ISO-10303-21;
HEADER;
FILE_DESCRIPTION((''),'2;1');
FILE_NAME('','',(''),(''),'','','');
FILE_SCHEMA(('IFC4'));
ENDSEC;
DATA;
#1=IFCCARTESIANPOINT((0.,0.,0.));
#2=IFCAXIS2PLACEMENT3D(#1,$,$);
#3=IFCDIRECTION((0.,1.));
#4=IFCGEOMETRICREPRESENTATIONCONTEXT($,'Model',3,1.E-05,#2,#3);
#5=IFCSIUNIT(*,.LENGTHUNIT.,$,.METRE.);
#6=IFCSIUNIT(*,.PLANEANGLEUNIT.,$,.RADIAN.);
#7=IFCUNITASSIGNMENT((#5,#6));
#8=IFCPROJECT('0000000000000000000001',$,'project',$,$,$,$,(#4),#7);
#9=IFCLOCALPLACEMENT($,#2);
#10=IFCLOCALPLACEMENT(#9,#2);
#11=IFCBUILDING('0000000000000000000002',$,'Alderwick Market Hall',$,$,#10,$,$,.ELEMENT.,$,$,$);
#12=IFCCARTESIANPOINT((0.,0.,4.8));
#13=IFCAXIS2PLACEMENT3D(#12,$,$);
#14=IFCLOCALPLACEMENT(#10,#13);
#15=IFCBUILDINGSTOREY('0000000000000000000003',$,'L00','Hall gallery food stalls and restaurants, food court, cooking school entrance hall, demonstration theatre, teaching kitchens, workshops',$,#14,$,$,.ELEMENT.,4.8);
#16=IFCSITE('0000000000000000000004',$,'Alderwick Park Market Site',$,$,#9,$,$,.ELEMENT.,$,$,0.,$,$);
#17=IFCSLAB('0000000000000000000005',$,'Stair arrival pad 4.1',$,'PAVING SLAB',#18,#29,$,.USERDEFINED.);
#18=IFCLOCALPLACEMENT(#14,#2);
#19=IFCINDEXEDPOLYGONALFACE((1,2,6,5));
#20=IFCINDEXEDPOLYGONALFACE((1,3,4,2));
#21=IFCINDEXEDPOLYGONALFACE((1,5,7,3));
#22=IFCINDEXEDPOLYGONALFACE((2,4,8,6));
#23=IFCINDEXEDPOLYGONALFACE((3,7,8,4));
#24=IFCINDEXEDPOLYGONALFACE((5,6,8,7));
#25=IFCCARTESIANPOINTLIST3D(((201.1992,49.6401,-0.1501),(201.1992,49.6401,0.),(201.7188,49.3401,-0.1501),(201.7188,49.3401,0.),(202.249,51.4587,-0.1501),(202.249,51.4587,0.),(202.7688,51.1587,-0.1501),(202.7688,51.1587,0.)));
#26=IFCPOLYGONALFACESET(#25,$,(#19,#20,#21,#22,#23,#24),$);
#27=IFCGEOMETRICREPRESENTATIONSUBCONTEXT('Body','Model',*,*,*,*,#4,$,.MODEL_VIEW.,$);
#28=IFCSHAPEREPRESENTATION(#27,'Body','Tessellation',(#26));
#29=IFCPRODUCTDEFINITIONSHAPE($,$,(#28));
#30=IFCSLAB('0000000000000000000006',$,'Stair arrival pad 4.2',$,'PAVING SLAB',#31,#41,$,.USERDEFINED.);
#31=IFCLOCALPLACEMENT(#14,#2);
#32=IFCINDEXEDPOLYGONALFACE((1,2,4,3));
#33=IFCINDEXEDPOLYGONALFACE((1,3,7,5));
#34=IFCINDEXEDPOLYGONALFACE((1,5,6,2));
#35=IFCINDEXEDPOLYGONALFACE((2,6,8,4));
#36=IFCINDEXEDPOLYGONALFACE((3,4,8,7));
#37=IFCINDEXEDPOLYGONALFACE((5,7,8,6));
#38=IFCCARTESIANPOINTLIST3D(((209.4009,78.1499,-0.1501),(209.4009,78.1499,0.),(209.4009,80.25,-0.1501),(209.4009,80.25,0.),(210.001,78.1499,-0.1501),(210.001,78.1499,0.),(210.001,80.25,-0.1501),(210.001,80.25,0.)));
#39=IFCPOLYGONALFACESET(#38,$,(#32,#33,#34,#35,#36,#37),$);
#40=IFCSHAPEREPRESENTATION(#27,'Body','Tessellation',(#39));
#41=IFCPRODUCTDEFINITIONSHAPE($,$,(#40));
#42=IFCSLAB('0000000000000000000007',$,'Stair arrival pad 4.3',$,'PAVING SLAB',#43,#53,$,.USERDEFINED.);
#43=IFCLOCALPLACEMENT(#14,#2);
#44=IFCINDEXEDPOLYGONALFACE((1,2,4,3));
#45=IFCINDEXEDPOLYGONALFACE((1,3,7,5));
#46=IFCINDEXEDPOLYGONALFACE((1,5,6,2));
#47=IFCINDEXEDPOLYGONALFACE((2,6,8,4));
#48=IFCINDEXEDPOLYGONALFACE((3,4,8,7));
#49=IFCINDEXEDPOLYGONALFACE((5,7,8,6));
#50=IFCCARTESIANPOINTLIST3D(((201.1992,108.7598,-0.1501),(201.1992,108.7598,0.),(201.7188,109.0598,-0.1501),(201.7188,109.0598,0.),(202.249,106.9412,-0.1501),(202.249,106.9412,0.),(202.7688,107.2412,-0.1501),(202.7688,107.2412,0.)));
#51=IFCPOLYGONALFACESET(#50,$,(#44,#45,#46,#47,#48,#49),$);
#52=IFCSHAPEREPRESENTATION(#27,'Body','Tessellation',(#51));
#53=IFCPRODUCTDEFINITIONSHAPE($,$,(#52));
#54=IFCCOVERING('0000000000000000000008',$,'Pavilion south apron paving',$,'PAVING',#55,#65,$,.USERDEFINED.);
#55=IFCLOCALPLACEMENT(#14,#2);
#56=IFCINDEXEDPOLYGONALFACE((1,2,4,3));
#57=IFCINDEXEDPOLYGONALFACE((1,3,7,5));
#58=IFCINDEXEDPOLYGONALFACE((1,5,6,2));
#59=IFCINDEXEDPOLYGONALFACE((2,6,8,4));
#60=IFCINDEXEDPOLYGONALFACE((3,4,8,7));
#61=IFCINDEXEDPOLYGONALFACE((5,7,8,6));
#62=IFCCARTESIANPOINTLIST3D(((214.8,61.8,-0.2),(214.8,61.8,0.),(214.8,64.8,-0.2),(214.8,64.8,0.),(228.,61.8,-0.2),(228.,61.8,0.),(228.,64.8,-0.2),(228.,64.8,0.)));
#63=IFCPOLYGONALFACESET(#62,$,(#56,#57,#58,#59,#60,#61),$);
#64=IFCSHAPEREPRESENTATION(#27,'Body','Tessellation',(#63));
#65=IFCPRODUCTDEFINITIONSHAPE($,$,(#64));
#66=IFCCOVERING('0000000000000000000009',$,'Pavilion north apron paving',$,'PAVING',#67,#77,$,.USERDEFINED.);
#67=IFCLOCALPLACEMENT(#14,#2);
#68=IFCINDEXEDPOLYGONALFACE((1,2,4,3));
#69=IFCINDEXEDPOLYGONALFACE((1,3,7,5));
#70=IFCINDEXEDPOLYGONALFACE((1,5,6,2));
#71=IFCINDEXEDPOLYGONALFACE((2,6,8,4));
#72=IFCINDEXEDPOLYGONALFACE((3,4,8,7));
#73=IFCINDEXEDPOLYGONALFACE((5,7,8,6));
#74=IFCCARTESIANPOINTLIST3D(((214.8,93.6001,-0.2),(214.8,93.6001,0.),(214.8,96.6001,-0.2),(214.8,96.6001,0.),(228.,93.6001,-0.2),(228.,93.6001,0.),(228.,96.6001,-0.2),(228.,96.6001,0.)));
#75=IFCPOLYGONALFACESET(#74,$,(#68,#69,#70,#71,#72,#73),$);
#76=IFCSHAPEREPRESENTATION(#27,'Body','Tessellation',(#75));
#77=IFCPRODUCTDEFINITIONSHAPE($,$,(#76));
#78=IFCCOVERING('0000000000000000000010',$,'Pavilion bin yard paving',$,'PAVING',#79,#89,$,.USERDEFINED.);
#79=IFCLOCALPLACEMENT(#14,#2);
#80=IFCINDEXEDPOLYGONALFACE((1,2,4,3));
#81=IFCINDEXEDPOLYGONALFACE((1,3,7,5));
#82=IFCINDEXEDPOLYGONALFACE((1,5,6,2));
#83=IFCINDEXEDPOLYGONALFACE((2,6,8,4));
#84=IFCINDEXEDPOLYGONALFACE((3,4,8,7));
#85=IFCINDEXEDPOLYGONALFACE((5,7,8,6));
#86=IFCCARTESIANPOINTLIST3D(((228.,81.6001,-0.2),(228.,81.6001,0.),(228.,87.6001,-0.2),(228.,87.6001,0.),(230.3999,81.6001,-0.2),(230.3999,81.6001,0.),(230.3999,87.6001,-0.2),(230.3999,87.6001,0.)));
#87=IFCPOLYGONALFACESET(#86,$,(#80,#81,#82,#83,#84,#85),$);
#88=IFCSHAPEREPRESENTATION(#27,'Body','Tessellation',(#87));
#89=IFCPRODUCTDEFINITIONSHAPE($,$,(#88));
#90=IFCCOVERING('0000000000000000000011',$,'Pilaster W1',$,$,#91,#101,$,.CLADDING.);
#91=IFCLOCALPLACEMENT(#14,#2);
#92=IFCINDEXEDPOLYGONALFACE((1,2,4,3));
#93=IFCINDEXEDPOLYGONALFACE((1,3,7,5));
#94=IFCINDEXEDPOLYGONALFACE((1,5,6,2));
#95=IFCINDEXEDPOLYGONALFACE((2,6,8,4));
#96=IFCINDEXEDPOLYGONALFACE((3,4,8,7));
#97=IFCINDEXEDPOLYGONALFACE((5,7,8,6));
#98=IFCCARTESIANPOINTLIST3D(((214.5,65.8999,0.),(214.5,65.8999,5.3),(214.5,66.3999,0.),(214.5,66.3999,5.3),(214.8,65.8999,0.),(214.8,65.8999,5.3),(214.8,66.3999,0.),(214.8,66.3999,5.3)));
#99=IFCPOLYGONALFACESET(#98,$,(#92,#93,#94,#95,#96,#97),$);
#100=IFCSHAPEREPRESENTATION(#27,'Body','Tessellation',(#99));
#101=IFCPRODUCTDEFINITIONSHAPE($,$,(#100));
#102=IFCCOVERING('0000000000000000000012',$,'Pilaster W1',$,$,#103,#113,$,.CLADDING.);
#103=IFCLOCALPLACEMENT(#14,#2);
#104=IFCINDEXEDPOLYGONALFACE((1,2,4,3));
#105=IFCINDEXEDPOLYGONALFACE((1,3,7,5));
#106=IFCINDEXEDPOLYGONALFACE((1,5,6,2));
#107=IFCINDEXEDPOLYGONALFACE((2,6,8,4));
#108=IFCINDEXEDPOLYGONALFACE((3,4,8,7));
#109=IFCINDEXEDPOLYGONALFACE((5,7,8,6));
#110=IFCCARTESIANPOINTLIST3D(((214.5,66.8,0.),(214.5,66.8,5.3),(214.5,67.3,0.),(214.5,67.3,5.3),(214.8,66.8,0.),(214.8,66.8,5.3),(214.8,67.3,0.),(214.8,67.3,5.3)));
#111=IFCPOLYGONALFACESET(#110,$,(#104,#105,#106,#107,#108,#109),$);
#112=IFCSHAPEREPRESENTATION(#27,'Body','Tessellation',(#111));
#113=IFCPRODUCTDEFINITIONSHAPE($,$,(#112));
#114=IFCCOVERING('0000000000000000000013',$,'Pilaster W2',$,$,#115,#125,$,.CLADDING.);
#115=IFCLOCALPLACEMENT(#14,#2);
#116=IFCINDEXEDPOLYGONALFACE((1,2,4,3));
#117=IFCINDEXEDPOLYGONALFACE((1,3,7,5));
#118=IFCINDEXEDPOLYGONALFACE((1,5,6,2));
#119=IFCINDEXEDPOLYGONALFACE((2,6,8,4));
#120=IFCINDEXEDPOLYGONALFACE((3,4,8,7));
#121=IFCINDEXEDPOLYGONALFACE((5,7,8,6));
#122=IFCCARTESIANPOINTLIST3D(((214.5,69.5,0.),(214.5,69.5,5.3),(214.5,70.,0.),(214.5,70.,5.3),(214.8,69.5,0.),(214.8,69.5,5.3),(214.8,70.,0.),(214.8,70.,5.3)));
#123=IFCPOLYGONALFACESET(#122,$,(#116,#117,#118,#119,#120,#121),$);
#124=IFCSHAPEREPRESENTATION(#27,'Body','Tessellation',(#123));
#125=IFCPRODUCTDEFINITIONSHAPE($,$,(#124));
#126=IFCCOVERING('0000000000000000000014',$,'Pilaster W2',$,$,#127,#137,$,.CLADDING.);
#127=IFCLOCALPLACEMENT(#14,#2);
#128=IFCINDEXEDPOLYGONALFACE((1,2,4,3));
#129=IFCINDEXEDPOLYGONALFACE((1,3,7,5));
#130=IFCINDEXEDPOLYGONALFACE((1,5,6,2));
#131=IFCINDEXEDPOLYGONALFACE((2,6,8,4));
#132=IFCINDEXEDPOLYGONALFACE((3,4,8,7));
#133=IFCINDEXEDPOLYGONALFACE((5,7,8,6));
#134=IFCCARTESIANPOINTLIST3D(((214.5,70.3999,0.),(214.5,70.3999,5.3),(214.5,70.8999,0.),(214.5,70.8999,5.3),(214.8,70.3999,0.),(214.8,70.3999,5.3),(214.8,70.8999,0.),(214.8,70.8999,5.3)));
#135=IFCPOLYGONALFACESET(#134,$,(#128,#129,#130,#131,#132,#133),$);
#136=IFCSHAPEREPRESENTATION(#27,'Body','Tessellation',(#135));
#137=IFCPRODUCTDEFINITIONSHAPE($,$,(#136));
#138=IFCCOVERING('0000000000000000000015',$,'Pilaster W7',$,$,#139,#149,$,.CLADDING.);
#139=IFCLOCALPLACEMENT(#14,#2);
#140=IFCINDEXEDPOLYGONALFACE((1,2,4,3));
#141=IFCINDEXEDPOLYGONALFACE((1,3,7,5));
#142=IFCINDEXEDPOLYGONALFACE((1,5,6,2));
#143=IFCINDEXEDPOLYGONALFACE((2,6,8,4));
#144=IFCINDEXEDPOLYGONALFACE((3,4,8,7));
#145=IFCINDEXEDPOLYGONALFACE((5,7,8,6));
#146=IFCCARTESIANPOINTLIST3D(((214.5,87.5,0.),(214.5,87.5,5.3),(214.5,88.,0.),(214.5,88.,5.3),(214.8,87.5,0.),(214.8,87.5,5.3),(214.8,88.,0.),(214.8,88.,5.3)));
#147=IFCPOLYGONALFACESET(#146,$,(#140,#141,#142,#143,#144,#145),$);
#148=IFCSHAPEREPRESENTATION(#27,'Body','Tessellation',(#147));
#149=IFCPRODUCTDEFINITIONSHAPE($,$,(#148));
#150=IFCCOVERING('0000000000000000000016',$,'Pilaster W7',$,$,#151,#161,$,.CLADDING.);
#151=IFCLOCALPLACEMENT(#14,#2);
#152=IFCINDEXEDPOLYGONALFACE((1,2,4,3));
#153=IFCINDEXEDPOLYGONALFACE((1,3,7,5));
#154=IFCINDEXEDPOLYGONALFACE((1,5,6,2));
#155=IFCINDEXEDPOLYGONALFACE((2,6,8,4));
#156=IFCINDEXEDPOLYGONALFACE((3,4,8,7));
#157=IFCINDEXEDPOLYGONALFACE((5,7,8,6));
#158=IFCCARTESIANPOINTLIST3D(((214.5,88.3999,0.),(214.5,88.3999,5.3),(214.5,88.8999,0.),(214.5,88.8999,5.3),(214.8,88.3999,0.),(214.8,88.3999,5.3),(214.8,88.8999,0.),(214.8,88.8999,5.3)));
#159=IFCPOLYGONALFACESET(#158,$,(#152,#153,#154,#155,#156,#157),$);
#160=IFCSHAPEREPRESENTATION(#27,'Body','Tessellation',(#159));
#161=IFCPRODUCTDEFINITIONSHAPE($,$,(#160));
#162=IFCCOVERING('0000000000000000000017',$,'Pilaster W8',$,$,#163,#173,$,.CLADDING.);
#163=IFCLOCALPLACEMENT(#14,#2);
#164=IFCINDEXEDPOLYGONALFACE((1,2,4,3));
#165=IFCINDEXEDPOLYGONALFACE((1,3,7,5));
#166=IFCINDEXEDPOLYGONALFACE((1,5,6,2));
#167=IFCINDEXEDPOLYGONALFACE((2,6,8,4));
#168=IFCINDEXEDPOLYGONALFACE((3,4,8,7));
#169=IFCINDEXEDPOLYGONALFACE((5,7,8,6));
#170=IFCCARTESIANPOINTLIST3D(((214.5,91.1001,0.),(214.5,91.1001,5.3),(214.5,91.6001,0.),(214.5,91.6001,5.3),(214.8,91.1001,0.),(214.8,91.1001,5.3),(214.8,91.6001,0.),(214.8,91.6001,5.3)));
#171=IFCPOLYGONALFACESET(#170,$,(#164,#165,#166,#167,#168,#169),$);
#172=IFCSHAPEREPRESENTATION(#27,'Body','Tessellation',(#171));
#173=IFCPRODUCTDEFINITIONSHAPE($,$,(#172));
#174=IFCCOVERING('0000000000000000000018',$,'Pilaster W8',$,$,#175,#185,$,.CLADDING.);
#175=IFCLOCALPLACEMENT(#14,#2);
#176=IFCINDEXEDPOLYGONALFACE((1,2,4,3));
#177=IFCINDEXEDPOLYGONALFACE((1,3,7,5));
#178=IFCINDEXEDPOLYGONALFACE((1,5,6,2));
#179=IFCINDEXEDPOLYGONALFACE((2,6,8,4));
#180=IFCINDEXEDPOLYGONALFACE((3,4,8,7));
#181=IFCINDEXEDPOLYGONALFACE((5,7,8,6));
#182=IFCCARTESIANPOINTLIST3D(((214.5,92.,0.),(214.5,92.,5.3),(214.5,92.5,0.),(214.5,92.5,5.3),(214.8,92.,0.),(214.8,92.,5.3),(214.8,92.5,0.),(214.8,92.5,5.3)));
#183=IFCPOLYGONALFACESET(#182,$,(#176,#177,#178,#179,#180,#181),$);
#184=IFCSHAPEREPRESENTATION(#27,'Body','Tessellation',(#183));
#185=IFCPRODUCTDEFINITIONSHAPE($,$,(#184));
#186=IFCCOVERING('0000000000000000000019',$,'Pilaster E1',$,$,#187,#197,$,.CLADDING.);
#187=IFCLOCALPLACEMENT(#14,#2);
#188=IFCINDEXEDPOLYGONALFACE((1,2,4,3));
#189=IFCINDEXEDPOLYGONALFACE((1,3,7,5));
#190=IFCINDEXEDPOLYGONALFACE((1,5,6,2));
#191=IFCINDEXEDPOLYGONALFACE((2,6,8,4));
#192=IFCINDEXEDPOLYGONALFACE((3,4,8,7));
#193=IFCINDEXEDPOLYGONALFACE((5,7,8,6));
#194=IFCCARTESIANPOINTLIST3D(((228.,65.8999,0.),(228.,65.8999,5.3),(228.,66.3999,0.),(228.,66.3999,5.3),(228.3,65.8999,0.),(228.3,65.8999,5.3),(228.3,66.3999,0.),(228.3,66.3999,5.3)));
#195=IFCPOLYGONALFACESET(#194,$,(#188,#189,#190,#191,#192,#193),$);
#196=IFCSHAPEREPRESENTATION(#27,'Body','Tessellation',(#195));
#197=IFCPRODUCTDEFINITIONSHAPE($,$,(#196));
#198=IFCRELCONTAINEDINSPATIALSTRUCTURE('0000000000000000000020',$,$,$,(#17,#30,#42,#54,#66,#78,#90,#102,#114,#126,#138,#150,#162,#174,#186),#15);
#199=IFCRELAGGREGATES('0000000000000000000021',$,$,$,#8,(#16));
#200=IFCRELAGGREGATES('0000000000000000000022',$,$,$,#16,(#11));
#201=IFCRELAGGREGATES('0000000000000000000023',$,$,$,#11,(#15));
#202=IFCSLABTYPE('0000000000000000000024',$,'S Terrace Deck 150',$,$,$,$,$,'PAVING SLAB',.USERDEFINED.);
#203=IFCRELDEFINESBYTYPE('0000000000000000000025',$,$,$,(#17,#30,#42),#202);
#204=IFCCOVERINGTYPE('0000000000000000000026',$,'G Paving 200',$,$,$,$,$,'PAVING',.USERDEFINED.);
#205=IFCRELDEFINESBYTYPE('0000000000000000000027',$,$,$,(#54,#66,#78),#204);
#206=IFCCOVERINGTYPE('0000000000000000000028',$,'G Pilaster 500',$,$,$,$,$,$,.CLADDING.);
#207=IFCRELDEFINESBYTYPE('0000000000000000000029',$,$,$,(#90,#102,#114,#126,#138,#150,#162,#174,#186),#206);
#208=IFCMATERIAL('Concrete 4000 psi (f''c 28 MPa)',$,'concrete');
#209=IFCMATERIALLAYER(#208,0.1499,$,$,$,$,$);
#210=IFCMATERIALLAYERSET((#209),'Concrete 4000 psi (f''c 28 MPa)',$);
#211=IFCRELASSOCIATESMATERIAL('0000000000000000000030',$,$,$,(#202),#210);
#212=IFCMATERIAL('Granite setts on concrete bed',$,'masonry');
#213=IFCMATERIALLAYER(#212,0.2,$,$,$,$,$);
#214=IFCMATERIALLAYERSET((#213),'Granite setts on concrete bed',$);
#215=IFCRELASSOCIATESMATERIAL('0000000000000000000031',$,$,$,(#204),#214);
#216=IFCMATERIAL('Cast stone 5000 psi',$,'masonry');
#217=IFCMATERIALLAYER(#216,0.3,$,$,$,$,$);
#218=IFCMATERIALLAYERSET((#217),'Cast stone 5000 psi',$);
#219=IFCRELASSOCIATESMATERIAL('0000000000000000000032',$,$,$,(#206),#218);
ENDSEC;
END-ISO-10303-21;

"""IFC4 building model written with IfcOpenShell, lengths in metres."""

from ifc_helpers import new_model, si_unit, direction, frame, origin, place, context, subcontext, project, spatial, polyline, outline, extrude, material, layer, layer_set, type_object, element, save


model = new_model("IFC4")

# Units and contexts
model_context = context("Model", 3, precision=1e-05, world=origin(), true_north=direction((0.0, 1.0)))
body_context = subcontext(model_context, "Body", "Model", "MODEL_VIEW")
ifc_project = project(units=[si_unit("LENGTHUNIT", "METRE"), si_unit("PLANEANGLEUNIT", "RADIAN")], contexts=[model_context])

# Site, building, storey
site_placement = place(None, origin())
site = spatial("IfcSite", under=ifc_project, at=site_placement, Name="Alderwick Park Market Site", CompositionType="ELEMENT", RefElevation=0.0)
building_placement = place(site_placement, origin())
building = spatial("IfcBuilding", under=site, at=building_placement, Name="Alderwick Market Hall", CompositionType="ELEMENT")
storey_placement = place(building_placement, frame((0.0, 0.0, 4.8)))
storey = spatial("IfcBuildingStorey", under=building, at=storey_placement, Name="L00", Description="Hall gallery food stalls and restaurants, food court, cooking school entrance hall, demonstration theatre, teaching kitchens, workshops", CompositionType="ELEMENT", Elevation=4.8)

# Slabs
ifc_material_1 = material(Name="Concrete 4000 psi (f'c 28 MPa)", Category="concrete")
ifc_layer_1 = layer(ifc_material_1, 0.1499)
ifc_layer_set_1 = layer_set([ifc_layer_1], Name="Concrete 4000 psi (f'c 28 MPa)")
slab_type = type_object("IfcSlabType", Name="S Terrace Deck 150", ElementType="PAVING SLAB", PredefinedType="USERDEFINED", material=ifc_layer_set_1)
slab_1_placement = place(storey_placement, frame((0.0, 0.0, -0.1501)))
element("IfcSlab", 1, at=slab_1_placement, inside=storey, type_object=slab_type, Name="Stair arrival pad 4.1", ObjectType="PAVING SLAB", PredefinedType="USERDEFINED", context=body_context, shape_type="SweptSolid", body=[
    extrude(outline(polyline([(202.249, 51.4587), (201.1992, 49.6401), (201.7188, 49.3401), (202.7688, 51.1587), (202.249, 51.4587)])), origin(), (0.0, 0.0, 1.0), 0.1501),
])
slab_2_placement = place(storey_placement, frame((0.0, 0.0, -0.1501)))
element("IfcSlab", 2, at=slab_2_placement, inside=storey, type_object=slab_type, Name="Stair arrival pad 4.2", ObjectType="PAVING SLAB", PredefinedType="USERDEFINED", context=body_context, shape_type="SweptSolid", body=[
    extrude(outline(polyline([(209.4009, 80.25), (209.4009, 78.1499), (210.001, 78.1499), (210.001, 80.25), (209.4009, 80.25)])), origin(), (0.0, 0.0, 1.0), 0.1501),
])
slab_3_placement = place(storey_placement, frame((0.0, 0.0, -0.1501)))
element("IfcSlab", 3, at=slab_3_placement, inside=storey, type_object=slab_type, Name="Stair arrival pad 4.3", ObjectType="PAVING SLAB", PredefinedType="USERDEFINED", context=body_context, shape_type="SweptSolid", body=[
    extrude(outline(polyline([(201.1992, 108.7598), (202.249, 106.9412), (202.7688, 107.2412), (201.7188, 109.0598), (201.1992, 108.7598)])), origin(), (0.0, 0.0, 1.0), 0.1501),
])

# Coverings
ifc_material_2 = material(Name="Granite setts on concrete bed", Category="masonry")
ifc_layer_2 = layer(ifc_material_2, 0.2)
ifc_layer_set_2 = layer_set([ifc_layer_2], Name="Granite setts on concrete bed")
covering_type_1 = type_object("IfcCoveringType", Name="G Paving 200", ElementType="PAVING", PredefinedType="USERDEFINED", material=ifc_layer_set_2)
covering_1_placement = place(storey_placement, frame((0.0, 0.0, -0.2)))
element("IfcCovering", 4, at=covering_1_placement, inside=storey, type_object=covering_type_1, Name="Pavilion south apron paving", ObjectType="PAVING", PredefinedType="USERDEFINED", context=body_context, shape_type="SweptSolid", body=[
    extrude(outline(polyline([(214.8, 61.8), (228.0, 61.8), (228.0, 64.8), (214.8, 64.8), (214.8, 61.8)])), origin(), (0.0, 0.0, 1.0), 0.2),
])
covering_2_placement = place(storey_placement, frame((0.0, 0.0, -0.2)))
element("IfcCovering", 5, at=covering_2_placement, inside=storey, type_object=covering_type_1, Name="Pavilion north apron paving", ObjectType="PAVING", PredefinedType="USERDEFINED", context=body_context, shape_type="SweptSolid", body=[
    extrude(outline(polyline([(214.8, 93.6001), (228.0, 93.6001), (228.0, 96.6001), (214.8, 96.6001), (214.8, 93.6001)])), origin(), (0.0, 0.0, 1.0), 0.2),
])
covering_3_placement = place(storey_placement, frame((0.0, 0.0, -0.2)))
element("IfcCovering", 6, at=covering_3_placement, inside=storey, type_object=covering_type_1, Name="Pavilion bin yard paving", ObjectType="PAVING", PredefinedType="USERDEFINED", context=body_context, shape_type="SweptSolid", body=[
    extrude(outline(polyline([(228.0, 81.6001), (230.3999, 81.6001), (230.3999, 87.6001), (228.0, 87.6001), (228.0, 81.6001)])), origin(), (0.0, 0.0, 1.0), 0.2),
])
ifc_material_3 = material(Name="Cast stone 5000 psi", Category="masonry")
ifc_layer_3 = layer(ifc_material_3, 0.3)
ifc_layer_set_3 = layer_set([ifc_layer_3], Name="Cast stone 5000 psi")
covering_type_2 = type_object("IfcCoveringType", Name="G Pilaster 500", PredefinedType="CLADDING", material=ifc_layer_set_3)
covering_4_placement = place(storey_placement, origin())
element("IfcCovering", 7, at=covering_4_placement, inside=storey, type_object=covering_type_2, Name="Pilaster W1", PredefinedType="CLADDING", context=body_context, shape_type="SweptSolid", body=[
    extrude(outline(polyline([(214.5, 65.8999), (214.8, 65.8999), (214.8, 66.3999), (214.5, 66.3999), (214.5, 65.8999)])), origin(), (0.0, 0.0, 1.0), 5.3),
])
covering_5_placement = place(storey_placement, origin())
element("IfcCovering", 8, at=covering_5_placement, inside=storey, type_object=covering_type_2, Name="Pilaster W1", PredefinedType="CLADDING", context=body_context, shape_type="SweptSolid", body=[
    extrude(outline(polyline([(214.5, 66.8), (214.8, 66.8), (214.8, 67.3), (214.5, 67.3), (214.5, 66.8)])), origin(), (0.0, 0.0, 1.0), 5.3),
])
covering_6_placement = place(storey_placement, origin())
element("IfcCovering", 9, at=covering_6_placement, inside=storey, type_object=covering_type_2, Name="Pilaster W2", PredefinedType="CLADDING", context=body_context, shape_type="SweptSolid", body=[
    extrude(outline(polyline([(214.5, 69.5), (214.8, 69.5), (214.8, 70.0), (214.5, 70.0), (214.5, 69.5)])), origin(), (0.0, 0.0, 1.0), 5.3),
])
covering_7_placement = place(storey_placement, origin())
element("IfcCovering", 10, at=covering_7_placement, inside=storey, type_object=covering_type_2, Name="Pilaster W2", PredefinedType="CLADDING", context=body_context, shape_type="SweptSolid", body=[
    extrude(outline(polyline([(214.5, 70.3999), (214.8, 70.3999), (214.8, 70.8999), (214.5, 70.8999), (214.5, 70.3999)])), origin(), (0.0, 0.0, 1.0), 5.3),
])
covering_8_placement = place(storey_placement, origin())
element("IfcCovering", 11, at=covering_8_placement, inside=storey, type_object=covering_type_2, Name="Pilaster W7", PredefinedType="CLADDING", context=body_context, shape_type="SweptSolid", body=[
    extrude(outline(polyline([(214.5, 87.5), (214.8, 87.5), (214.8, 88.0), (214.5, 88.0), (214.5, 87.5)])), origin(), (0.0, 0.0, 1.0), 5.3),
])
covering_9_placement = place(storey_placement, origin())
element("IfcCovering", 12, at=covering_9_placement, inside=storey, type_object=covering_type_2, Name="Pilaster W7", PredefinedType="CLADDING", context=body_context, shape_type="SweptSolid", body=[
    extrude(outline(polyline([(214.5, 88.3999), (214.8, 88.3999), (214.8, 88.8999), (214.5, 88.8999), (214.5, 88.3999)])), origin(), (0.0, 0.0, 1.0), 5.3),
])
covering_10_placement = place(storey_placement, origin())
element("IfcCovering", 13, at=covering_10_placement, inside=storey, type_object=covering_type_2, Name="Pilaster W8", PredefinedType="CLADDING", context=body_context, shape_type="SweptSolid", body=[
    extrude(outline(polyline([(214.5, 91.1001), (214.8, 91.1001), (214.8, 91.6001), (214.5, 91.6001), (214.5, 91.1001)])), origin(), (0.0, 0.0, 1.0), 5.3),
])
covering_11_placement = place(storey_placement, origin())
element("IfcCovering", 14, at=covering_11_placement, inside=storey, type_object=covering_type_2, Name="Pilaster W8", PredefinedType="CLADDING", context=body_context, shape_type="SweptSolid", body=[
    extrude(outline(polyline([(214.5, 92.0), (214.8, 92.0), (214.8, 92.5), (214.5, 92.5), (214.5, 92.0)])), origin(), (0.0, 0.0, 1.0), 5.3),
])
covering_12_placement = place(storey_placement, origin())
element("IfcCovering", 15, at=covering_12_placement, inside=storey, type_object=covering_type_2, Name="Pilaster E1", PredefinedType="CLADDING", context=body_context, shape_type="SweptSolid", body=[
    extrude(outline(polyline([(228.0, 65.8999), (228.3, 65.8999), (228.3, 66.3999), (228.0, 66.3999), (228.0, 65.8999)])), origin(), (0.0, 0.0, 1.0), 5.3),
])

save(model, "model.ifc")
